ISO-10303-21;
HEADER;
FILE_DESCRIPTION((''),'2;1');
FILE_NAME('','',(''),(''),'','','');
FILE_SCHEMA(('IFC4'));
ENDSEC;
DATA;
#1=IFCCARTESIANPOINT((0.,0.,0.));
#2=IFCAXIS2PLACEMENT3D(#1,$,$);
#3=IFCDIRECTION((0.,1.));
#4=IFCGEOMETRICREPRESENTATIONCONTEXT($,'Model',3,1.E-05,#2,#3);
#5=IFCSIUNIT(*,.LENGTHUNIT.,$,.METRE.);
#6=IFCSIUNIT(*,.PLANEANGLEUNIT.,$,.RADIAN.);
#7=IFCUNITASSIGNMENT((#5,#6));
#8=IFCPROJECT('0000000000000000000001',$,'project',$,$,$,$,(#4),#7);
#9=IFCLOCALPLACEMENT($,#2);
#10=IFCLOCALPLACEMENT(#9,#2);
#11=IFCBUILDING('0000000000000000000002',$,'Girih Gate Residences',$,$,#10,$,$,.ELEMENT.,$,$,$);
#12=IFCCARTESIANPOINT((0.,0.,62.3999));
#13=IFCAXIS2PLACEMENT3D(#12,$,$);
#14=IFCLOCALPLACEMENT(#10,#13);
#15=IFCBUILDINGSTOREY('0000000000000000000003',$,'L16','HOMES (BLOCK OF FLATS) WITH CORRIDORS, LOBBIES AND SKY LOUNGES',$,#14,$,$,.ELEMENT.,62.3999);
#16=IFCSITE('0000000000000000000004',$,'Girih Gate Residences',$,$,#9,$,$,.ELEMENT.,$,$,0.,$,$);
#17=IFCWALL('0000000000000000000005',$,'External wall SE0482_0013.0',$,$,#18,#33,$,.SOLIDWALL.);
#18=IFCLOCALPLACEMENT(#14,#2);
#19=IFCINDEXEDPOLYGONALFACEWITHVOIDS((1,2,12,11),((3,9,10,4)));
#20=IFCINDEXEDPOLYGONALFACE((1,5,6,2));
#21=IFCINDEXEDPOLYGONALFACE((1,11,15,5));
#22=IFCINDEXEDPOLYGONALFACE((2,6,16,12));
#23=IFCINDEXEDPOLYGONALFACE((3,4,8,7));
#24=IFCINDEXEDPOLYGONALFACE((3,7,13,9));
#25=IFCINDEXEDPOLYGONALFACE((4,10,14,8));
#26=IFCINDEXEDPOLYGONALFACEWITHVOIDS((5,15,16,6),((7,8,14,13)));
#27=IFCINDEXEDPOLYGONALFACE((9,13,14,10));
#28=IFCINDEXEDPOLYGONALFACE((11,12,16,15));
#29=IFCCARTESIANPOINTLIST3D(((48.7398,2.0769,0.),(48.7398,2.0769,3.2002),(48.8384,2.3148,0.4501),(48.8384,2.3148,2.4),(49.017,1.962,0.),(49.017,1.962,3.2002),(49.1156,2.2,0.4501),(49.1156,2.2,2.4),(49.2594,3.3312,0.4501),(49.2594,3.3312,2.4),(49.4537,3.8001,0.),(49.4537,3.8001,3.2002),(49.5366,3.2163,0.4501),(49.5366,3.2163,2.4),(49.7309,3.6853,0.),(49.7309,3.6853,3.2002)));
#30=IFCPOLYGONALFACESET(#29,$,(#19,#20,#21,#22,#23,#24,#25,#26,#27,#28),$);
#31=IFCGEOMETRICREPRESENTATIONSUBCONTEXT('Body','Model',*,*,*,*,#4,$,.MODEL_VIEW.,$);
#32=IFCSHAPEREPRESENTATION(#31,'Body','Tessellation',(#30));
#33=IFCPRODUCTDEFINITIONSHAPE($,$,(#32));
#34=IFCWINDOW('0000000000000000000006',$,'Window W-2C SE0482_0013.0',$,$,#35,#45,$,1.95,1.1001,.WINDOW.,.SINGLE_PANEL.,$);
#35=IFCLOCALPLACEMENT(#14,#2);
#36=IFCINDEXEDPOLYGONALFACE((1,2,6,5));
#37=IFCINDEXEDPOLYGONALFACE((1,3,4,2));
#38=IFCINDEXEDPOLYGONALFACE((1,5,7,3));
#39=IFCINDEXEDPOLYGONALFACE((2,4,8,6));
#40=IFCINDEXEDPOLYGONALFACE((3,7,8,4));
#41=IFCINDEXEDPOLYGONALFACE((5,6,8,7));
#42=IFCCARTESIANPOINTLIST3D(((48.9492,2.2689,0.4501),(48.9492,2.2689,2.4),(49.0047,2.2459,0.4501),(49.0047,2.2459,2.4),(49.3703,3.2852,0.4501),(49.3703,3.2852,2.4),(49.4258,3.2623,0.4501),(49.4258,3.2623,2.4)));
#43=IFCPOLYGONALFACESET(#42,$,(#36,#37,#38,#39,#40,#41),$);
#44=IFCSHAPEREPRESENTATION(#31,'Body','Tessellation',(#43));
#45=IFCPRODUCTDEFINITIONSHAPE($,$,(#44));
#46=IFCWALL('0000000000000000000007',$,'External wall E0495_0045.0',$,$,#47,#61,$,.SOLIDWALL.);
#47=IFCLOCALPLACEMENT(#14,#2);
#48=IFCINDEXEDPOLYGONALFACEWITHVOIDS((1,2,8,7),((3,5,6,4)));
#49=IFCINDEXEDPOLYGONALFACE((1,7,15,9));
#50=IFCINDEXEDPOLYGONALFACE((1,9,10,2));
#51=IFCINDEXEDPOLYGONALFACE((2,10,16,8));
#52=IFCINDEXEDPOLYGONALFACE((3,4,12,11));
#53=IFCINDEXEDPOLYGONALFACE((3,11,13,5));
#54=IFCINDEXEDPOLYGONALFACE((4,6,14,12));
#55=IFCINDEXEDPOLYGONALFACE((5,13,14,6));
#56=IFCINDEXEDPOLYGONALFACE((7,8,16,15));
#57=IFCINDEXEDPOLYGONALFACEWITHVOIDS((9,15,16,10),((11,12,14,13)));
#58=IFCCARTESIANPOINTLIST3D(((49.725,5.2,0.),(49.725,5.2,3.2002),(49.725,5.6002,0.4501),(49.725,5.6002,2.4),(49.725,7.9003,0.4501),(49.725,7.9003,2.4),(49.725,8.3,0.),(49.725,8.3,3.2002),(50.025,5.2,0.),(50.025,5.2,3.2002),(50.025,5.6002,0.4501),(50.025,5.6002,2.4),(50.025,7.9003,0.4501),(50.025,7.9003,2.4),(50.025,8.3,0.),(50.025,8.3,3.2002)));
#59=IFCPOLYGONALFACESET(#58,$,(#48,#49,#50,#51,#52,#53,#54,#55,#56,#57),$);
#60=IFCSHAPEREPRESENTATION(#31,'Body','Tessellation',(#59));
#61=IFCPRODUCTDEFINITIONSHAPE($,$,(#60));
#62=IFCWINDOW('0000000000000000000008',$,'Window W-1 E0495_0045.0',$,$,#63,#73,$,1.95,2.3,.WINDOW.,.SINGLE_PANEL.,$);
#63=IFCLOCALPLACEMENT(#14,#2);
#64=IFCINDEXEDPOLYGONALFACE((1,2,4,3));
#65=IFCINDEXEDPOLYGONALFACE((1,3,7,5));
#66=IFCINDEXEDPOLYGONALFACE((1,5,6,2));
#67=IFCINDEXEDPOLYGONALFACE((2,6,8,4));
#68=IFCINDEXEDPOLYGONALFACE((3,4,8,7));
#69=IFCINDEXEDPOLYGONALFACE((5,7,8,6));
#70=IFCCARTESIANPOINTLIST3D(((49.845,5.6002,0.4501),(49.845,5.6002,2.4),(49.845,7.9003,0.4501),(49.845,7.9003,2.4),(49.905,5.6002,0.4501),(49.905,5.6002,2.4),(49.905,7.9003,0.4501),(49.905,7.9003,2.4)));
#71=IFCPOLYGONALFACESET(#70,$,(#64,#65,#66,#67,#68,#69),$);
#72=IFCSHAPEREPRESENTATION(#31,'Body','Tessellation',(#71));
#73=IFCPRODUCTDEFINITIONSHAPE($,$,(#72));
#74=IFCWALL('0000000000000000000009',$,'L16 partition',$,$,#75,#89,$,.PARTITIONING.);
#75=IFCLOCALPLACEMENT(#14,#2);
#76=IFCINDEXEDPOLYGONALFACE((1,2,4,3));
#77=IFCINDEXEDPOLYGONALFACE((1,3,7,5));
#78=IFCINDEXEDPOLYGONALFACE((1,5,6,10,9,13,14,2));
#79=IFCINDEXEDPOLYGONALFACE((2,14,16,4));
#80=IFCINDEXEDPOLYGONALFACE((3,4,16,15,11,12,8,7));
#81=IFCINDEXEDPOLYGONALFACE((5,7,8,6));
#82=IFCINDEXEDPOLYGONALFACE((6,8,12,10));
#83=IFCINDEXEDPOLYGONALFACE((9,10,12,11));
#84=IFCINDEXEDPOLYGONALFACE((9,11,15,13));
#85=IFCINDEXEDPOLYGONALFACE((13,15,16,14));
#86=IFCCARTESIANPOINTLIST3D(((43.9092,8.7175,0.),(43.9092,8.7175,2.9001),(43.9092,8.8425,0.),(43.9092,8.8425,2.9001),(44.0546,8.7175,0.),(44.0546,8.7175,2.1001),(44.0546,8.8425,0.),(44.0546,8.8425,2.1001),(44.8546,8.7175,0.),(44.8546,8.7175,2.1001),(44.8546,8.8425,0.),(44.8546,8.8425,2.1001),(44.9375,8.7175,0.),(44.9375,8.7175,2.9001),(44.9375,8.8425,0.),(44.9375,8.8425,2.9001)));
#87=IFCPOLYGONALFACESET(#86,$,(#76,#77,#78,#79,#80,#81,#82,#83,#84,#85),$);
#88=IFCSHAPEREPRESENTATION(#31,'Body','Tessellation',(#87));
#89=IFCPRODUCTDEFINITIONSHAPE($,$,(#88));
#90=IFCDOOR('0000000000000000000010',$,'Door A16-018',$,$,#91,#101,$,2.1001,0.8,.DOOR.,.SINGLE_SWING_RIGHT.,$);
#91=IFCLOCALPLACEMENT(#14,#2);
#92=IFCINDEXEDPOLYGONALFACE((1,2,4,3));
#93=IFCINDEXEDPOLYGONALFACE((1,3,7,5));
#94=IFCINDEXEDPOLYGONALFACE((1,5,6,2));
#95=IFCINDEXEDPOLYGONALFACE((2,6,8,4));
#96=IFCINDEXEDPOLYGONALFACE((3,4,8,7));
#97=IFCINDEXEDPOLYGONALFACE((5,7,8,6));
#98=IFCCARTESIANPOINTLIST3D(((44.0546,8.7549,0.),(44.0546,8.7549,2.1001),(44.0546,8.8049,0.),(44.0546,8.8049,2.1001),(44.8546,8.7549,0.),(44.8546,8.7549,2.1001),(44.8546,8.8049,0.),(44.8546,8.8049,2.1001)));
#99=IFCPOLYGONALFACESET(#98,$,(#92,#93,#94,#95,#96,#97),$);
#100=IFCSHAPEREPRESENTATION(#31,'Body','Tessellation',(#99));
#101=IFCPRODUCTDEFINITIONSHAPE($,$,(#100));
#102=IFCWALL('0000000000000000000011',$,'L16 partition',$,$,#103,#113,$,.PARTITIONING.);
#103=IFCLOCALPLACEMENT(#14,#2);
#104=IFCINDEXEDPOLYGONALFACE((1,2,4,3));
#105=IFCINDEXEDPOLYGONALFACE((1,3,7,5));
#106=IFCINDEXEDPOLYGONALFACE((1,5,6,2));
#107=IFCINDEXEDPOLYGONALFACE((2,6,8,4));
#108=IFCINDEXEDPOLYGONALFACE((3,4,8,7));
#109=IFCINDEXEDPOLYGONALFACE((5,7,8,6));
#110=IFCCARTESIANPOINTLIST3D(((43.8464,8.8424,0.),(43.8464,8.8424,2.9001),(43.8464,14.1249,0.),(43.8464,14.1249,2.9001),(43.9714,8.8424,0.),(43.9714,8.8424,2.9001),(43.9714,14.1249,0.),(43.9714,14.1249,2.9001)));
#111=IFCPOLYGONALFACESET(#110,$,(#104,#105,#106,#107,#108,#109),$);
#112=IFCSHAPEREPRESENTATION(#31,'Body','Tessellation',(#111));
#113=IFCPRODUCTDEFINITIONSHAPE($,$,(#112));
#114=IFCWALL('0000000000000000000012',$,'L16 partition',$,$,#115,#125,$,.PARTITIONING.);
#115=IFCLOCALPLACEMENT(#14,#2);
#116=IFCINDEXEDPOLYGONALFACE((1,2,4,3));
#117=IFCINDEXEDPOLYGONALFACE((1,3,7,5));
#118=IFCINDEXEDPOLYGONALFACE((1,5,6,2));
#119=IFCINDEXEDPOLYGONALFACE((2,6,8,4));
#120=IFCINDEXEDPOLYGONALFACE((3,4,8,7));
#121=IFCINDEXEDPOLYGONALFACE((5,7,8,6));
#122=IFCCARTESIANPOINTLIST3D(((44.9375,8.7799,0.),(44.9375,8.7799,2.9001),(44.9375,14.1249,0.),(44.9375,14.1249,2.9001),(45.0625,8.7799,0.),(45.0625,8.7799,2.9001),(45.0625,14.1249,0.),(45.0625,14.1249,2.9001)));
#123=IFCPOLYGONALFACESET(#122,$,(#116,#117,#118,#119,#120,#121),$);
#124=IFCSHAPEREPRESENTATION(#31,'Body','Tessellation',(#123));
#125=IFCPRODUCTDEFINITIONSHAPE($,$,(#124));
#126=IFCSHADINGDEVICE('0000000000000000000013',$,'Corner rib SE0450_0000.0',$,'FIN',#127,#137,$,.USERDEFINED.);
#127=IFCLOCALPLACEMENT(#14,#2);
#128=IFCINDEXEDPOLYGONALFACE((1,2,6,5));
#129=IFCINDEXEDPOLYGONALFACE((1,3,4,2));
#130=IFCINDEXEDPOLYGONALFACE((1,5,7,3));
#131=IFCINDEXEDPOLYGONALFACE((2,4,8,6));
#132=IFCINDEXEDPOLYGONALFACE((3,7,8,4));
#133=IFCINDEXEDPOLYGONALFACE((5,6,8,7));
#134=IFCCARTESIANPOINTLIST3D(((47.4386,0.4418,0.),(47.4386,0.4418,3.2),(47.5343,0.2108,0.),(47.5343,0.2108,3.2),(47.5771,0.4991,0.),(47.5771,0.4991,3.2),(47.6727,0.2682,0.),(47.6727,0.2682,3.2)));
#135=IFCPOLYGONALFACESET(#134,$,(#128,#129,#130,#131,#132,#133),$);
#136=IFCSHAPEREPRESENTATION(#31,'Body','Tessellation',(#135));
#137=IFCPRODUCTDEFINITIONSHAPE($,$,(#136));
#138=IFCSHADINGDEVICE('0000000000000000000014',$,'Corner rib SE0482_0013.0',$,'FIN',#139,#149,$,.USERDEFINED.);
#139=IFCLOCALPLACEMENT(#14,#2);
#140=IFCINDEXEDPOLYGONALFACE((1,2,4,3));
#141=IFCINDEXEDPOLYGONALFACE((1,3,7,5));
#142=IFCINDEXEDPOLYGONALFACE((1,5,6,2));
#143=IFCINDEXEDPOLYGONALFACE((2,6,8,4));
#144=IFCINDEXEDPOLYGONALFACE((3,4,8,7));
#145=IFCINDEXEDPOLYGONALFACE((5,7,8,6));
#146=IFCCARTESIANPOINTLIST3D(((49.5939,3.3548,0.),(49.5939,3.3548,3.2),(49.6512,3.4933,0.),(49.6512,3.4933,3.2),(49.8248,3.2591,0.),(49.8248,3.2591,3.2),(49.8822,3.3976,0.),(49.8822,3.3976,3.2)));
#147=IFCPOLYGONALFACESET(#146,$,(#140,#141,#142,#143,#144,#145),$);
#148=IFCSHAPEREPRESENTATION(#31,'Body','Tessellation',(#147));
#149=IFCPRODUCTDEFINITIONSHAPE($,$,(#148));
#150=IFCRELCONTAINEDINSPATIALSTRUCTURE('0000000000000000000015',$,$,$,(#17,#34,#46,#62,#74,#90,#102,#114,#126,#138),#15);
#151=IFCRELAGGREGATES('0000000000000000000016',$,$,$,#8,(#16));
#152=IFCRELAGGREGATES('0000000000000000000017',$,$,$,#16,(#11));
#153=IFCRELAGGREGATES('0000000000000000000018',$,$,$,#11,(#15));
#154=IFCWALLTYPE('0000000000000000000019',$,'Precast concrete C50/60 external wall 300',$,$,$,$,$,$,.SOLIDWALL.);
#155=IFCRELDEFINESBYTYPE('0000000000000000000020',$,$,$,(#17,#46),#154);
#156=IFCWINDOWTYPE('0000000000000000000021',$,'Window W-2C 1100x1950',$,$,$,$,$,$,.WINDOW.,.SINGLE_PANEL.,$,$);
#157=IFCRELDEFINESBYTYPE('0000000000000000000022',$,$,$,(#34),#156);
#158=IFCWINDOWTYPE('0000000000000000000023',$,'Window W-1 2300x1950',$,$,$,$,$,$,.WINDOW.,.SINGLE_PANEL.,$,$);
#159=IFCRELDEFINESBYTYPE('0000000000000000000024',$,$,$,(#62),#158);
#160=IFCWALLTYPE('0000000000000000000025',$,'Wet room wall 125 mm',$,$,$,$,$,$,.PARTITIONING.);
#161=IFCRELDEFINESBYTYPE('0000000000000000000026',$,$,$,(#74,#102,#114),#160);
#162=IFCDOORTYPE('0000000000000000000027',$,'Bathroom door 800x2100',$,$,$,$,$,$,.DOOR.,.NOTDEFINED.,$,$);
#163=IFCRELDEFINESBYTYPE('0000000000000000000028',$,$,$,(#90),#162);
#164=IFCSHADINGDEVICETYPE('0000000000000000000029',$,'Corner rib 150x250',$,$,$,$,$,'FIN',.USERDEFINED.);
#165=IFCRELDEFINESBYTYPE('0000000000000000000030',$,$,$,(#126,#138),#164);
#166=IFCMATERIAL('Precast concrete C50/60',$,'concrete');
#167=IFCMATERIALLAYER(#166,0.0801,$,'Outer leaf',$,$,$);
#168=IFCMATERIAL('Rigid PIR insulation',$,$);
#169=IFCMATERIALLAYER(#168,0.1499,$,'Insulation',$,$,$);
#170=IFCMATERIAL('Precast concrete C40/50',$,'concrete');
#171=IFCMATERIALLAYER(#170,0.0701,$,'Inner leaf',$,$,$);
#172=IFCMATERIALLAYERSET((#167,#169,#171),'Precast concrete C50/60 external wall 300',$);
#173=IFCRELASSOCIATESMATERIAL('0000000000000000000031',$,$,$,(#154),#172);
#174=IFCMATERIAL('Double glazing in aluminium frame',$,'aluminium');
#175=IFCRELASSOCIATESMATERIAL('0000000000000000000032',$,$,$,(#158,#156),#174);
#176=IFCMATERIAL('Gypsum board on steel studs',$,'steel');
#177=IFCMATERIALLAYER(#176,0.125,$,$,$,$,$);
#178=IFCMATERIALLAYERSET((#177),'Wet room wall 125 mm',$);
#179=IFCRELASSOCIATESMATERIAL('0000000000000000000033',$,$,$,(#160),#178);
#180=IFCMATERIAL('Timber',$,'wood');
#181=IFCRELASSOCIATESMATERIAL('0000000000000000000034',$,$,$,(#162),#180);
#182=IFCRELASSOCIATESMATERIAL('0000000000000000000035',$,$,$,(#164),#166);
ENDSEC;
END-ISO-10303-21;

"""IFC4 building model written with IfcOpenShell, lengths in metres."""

from ifc_helpers import new_model, si_unit, direction, frame, frame_2d, origin, origin_2d, place, context, subcontext, project, spatial, rectangle, extrude, material, layer, layer_set, type_object, element, fill, save


model = new_model("IFC4")

# Units and contexts
model_context = context("Model", 3, precision=1e-05, world=origin(), true_north=direction((0.0, 1.0)))
body_context = subcontext(model_context, "Body", "Model", "MODEL_VIEW")
ifc_project = project(units=[si_unit("LENGTHUNIT", "METRE"), si_unit("PLANEANGLEUNIT", "RADIAN")], contexts=[model_context])

# Site, building, storey
site_placement = place(None, origin())
site = spatial("IfcSite", under=ifc_project, at=site_placement, Name="Girih Gate Residences", CompositionType="ELEMENT", RefElevation=0.0)
building_placement = place(site_placement, origin())
building = spatial("IfcBuilding", under=site, at=building_placement, Name="Girih Gate Residences", CompositionType="ELEMENT")
storey_placement = place(building_placement, frame((0.0, 0.0, 62.3999)))
storey = spatial("IfcBuildingStorey", under=building, at=storey_placement, Name="L16", Description="HOMES (BLOCK OF FLATS) WITH CORRIDORS, LOBBIES AND SKY LOUNGES", CompositionType="ELEMENT", Elevation=62.3999)

# Shared definitions
ifc_material_1 = material(Name="Gypsum board on steel studs", Category="steel")
ifc_material_2 = material(Name="Timber", Category="wood")

# Walls, openings, windows
ifc_material_3 = material(Name="Precast concrete C50/60", Category="concrete")
ifc_layer_1 = layer(ifc_material_3, 0.0801, Name="Outer leaf")
ifc_material_4 = material(Name="Rigid PIR insulation")
ifc_layer_2 = layer(ifc_material_4, 0.1499, Name="Insulation")
ifc_material_5 = material(Name="Precast concrete C40/50", Category="concrete")
ifc_layer_3 = layer(ifc_material_5, 0.0701, Name="Inner leaf")
ifc_layer_set_1 = layer_set([ifc_layer_1, ifc_layer_2, ifc_layer_3], Name="Precast concrete C50/60 external wall 300")
wall_type_1 = type_object("IfcWallType", Name="Precast concrete C50/60 external wall 300", PredefinedType="SOLIDWALL", material=ifc_layer_set_1)
ifc_material_6 = material(Name="Double glazing in aluminium frame", Category="aluminium")
window_type_1 = type_object("IfcWindowType", Name="Window W-1 2300x1950", PartitioningType="SINGLE_PANEL", PredefinedType="WINDOW", material=ifc_material_6)
window_type_2 = type_object("IfcWindowType", Name="Window W-2C 1100x1950", PartitioningType="SINGLE_PANEL", PredefinedType="WINDOW", material=ifc_material_6)
wall_1_placement = place(storey_placement, frame((49.5923, 3.7427, 0.0), z_axis=(0.0, 0.0, 1.0), x_axis=(-0.382737, -0.923857, 0.0)))
wall_1 = element("IfcWall", 1, at=wall_1_placement, inside=storey, type_object=wall_type_1, Name="External wall SE0482_0013.0", PredefinedType="SOLIDWALL", context=body_context, shape_type="SweptSolid", body=[
    extrude(rectangle(XDim=1.8652, YDim=0.3, at=frame_2d((0.9326, 0.0))), origin(), (0.0, 0.0, 1.0), 3.2002),
])
opening_1_placement = place(wall_1_placement, frame((0.5076, 0.0, 0.45)))
opening_1 = element("IfcOpeningElement", 2, at=opening_1_placement, cuts=wall_1, PredefinedType="OPENING", context=body_context, shape_type="SweptSolid", body=[
    extrude(rectangle(XDim=1.1001, YDim=1.95, at=frame_2d((0.55, 0.9751))), frame((0.0, 0.1599, 0.0), z_axis=(0.0, -1.0, 0.0), x_axis=(1.0, 0.0, 0.0)), (0.0, 0.0, 1.0), 0.3201),
])
window_1_placement = place(opening_1_placement, origin())
window_1 = element("IfcWindow", 3, at=window_1_placement, inside=storey, type_object=window_type_2, Name="Window W-2C SE0482_0013.0", OverallHeight=1.95, OverallWidth=1.1001, PartitioningType="SINGLE_PANEL", PredefinedType="WINDOW", context=body_context, shape_type="SweptSolid", body=[
    extrude(rectangle(XDim=1.1001, YDim=1.95, at=frame_2d((0.55, 0.9751))), frame((0.0, 0.03, 0.0), z_axis=(0.0, -1.0, 0.0), x_axis=(1.0, 0.0, 0.0)), (0.0, 0.0, 1.0), 0.0601),
])
fill(opening_1, window_1)
wall_2_placement = place(storey_placement, frame((49.875, 8.3, 0.0), z_axis=(0.0, 0.0, 1.0), x_axis=(0.0, -1.0, 0.0)))
wall_2 = element("IfcWall", 4, at=wall_2_placement, inside=storey, type_object=wall_type_1, Name="External wall E0495_0045.0", PredefinedType="SOLIDWALL", context=body_context, shape_type="SweptSolid", body=[
    extrude(rectangle(XDim=3.1001, YDim=0.3, at=frame_2d((1.55, 0.0))), origin(), (0.0, 0.0, 1.0), 3.2002),
])
opening_2_placement = place(wall_2_placement, frame((0.3999, 0.0, 0.45)))
opening_2 = element("IfcOpeningElement", 5, at=opening_2_placement, cuts=wall_2, PredefinedType="OPENING", context=body_context, shape_type="SweptSolid", body=[
    extrude(rectangle(XDim=2.3, YDim=1.95, at=frame_2d((1.1499, 0.9751))), frame((0.0, 0.1599, 0.0), z_axis=(0.0, -1.0, 0.0), x_axis=(1.0, 0.0, 0.0)), (0.0, 0.0, 1.0), 0.3201),
])
window_2_placement = place(opening_2_placement, origin())
window_2 = element("IfcWindow", 6, at=window_2_placement, inside=storey, type_object=window_type_1, Name="Window W-1 E0495_0045.0", OverallHeight=1.95, OverallWidth=2.3, PartitioningType="SINGLE_PANEL", PredefinedType="WINDOW", context=body_context, shape_type="SweptSolid", body=[
    extrude(rectangle(XDim=2.3, YDim=1.95, at=frame_2d((1.1499, 0.9751))), frame((0.0, 0.03, 0.0), z_axis=(0.0, -1.0, 0.0), x_axis=(1.0, 0.0, 0.0)), (0.0, 0.0, 1.0), 0.0601),
])
fill(opening_2, window_2)

# Wall, opening, door
ifc_layer_4 = layer(ifc_material_1, 0.125)
ifc_layer_set_2 = layer_set([ifc_layer_4], Name="Wet room wall 125 mm")
wall_type_2 = type_object("IfcWallType", Name="Wet room wall 125 mm", PredefinedType="PARTITIONING", material=ifc_layer_set_2)
wall_3_placement = place(storey_placement, frame((43.9092, 8.78, 0.0), z_axis=(0.0, 0.0, 1.0), x_axis=(1.0, 0.0, 0.0)))
wall_3 = element("IfcWall", 7, at=wall_3_placement, inside=storey, type_object=wall_type_2, Name="L16 partition", PredefinedType="PARTITIONING", context=body_context, shape_type="SweptSolid", body=[
    extrude(rectangle(XDim=1.0283, YDim=0.125, at=frame_2d((0.5142, 0.0))), origin(), (0.0, 0.0, 1.0), 2.9001),
])
opening_3_placement = place(wall_3_placement, frame((0.1455, 0.0, 0.0)))
opening_3 = element("IfcOpeningElement", 8, at=opening_3_placement, cuts=wall_3, PredefinedType="OPENING", context=body_context, shape_type="SweptSolid", body=[
    extrude(rectangle(XDim=0.8, YDim=2.1001, at=frame_2d((0.3999, 1.05))), frame((0.0, 0.0725, 0.0), z_axis=(0.0, -1.0, 0.0), x_axis=(1.0, 0.0, 0.0)), (0.0, 0.0, 1.0), 0.145),
])
door_type_1 = type_object("IfcDoorType", Name="Bathroom door 800x2100", OperationType="NOTDEFINED", PredefinedType="DOOR", material=ifc_material_2)
door_1_placement = place(opening_3_placement, origin())
door_1 = element("IfcDoor", 9, at=door_1_placement, inside=storey, type_object=door_type_1, Name="Door A16-018", OperationType="SINGLE_SWING_RIGHT", OverallHeight=2.1001, OverallWidth=0.8, PredefinedType="DOOR", context=body_context, shape_type="SweptSolid", body=[
    extrude(rectangle(XDim=0.8, YDim=2.1001, at=frame_2d((0.3999, 1.05))), frame((0.0, 0.0249, 0.0), z_axis=(0.0, -1.0, 0.0), x_axis=(1.0, 0.0, 0.0)), (0.0, 0.0, 1.0), 0.05),
])
fill(opening_3, door_1)

# Walls
wall_4_placement = place(storey_placement, frame((43.9089, 8.8425, 0.0), z_axis=(0.0, 0.0, 1.0), x_axis=(0.0, 1.0, 0.0)))
element("IfcWall", 10, at=wall_4_placement, inside=storey, type_object=wall_type_2, Name="L16 partition", PredefinedType="PARTITIONING", context=body_context, shape_type="SweptSolid", body=[
    extrude(rectangle(XDim=5.2825, YDim=0.125, at=frame_2d((2.6411, 0.0))), origin(), (0.0, 0.0, 1.0), 2.9001),
])
wall_5_placement = place(storey_placement, frame((45.0, 8.78, 0.0), z_axis=(0.0, 0.0, 1.0), x_axis=(0.0, 1.0, 0.0)))
element("IfcWall", 11, at=wall_5_placement, inside=storey, type_object=wall_type_2, Name="L16 partition", PredefinedType="PARTITIONING", context=body_context, shape_type="SweptSolid", body=[
    extrude(rectangle(XDim=5.345, YDim=0.125, at=frame_2d((2.6724, 0.0))), origin(), (0.0, 0.0, 1.0), 2.9001),
])

# Shading devices
shading_device_type = type_object("IfcShadingDeviceType", Name="Corner rib 150x250", ElementType="FIN", PredefinedType="USERDEFINED", material=ifc_material_3)
for number, where, z_axis, x_axis, name in (
    (12, (47.5557, 0.355, 0.0), (0.0, 0.0, 1.0), (0.92388, 0.382683, 0.0), "Corner rib SE0450_0000.0"),
    (13, (49.738, 3.3762, 0.0), (0.0, 0.0, 1.0), (0.382683, 0.92388, 0.0), "Corner rib SE0482_0013.0"),
):
    element("IfcShadingDevice", number, at=place(storey_placement, frame(where, z_axis=z_axis, x_axis=x_axis)), inside=storey, type_object=shading_device_type, Name=name, ObjectType="FIN", PredefinedType="USERDEFINED", context=body_context, shape_type="SweptSolid", body=[
        extrude(rectangle(XDim=0.1499, YDim=0.25, at=origin_2d()), origin(), (0.0, 0.0, 1.0), 3.2),
    ])

save(model, "model.ifc")
